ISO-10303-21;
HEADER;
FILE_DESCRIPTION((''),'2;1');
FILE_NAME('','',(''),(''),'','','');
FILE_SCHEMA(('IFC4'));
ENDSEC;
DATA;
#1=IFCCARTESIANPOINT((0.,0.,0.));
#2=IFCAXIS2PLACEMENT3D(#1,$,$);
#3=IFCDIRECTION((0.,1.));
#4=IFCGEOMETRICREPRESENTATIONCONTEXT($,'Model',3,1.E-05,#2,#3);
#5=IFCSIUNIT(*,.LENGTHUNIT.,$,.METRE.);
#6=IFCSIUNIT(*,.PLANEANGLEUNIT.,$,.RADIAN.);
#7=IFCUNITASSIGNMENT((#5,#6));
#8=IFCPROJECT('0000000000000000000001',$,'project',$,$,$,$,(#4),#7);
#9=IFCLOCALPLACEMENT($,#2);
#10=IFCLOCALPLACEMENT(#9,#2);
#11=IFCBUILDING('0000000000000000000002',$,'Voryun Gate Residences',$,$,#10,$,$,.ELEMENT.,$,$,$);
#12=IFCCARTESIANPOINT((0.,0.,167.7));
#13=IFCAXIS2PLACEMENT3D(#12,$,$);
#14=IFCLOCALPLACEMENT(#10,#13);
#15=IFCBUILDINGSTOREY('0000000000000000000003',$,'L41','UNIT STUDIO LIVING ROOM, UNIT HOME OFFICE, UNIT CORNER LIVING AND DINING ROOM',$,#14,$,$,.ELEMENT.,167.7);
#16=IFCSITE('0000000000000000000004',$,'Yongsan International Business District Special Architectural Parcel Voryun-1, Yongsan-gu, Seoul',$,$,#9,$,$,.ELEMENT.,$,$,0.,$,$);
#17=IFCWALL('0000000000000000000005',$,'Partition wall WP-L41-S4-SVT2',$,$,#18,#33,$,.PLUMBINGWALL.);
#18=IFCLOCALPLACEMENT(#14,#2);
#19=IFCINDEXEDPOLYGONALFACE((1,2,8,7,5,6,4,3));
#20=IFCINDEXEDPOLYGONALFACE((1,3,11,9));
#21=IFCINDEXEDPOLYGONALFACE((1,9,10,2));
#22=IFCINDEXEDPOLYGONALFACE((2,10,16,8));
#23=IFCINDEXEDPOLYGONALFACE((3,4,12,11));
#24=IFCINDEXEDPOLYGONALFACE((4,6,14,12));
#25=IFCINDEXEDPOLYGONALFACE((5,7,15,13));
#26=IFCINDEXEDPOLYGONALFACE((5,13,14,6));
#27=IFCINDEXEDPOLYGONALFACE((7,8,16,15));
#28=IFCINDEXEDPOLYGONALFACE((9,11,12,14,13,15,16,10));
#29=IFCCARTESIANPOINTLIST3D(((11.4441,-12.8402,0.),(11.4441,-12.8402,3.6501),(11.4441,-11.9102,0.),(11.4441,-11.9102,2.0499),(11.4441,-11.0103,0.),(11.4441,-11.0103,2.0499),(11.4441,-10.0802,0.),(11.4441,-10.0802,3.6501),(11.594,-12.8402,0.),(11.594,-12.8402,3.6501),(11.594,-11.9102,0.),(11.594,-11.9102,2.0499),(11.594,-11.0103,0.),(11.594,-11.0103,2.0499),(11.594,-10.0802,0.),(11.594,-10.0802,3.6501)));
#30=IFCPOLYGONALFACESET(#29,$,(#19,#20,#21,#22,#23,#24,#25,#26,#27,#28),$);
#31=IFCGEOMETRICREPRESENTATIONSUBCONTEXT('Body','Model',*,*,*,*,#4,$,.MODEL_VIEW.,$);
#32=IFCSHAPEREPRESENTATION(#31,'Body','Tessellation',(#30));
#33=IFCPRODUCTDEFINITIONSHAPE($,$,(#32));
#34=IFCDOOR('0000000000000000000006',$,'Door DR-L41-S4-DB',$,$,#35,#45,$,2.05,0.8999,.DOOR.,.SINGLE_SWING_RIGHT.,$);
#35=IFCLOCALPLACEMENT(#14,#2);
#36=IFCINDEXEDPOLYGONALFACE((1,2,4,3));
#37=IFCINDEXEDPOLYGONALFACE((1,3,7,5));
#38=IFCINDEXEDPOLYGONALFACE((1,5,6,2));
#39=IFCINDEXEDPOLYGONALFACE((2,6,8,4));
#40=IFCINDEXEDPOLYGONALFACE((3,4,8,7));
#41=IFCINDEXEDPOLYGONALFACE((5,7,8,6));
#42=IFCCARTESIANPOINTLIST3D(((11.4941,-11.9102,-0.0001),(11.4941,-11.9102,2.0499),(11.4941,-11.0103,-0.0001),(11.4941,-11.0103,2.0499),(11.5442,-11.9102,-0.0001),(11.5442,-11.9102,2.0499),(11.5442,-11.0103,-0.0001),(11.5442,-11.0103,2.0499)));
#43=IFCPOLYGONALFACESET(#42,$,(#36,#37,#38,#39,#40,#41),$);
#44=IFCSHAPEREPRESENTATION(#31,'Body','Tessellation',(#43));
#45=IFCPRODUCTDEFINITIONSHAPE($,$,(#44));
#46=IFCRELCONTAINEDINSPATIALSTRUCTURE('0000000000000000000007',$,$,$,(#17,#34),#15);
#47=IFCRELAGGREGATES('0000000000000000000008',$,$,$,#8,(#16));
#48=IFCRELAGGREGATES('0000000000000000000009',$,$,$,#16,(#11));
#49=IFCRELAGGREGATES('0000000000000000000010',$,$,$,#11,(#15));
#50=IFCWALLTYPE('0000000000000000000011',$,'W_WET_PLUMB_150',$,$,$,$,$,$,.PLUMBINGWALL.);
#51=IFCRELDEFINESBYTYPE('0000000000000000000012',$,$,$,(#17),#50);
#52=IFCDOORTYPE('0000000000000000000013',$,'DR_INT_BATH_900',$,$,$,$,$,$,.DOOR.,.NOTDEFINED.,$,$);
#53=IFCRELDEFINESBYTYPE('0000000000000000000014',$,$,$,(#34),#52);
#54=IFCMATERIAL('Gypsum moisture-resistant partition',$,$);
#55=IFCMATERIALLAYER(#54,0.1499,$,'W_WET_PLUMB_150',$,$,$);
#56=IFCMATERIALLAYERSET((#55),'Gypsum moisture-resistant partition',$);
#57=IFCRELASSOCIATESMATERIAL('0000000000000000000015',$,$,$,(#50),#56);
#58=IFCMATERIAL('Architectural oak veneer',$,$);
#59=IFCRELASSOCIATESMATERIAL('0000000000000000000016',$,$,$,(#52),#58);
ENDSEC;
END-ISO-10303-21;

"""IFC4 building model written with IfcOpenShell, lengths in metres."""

from ifc_helpers import new_model, si_unit, direction, frame, frame_2d, origin, place, context, subcontext, project, spatial, rectangle, extrude, material, layer, layer_set, type_object, element, fill, save


model = new_model("IFC4")

# Units and contexts
model_context = context("Model", 3, precision=1e-05, world=origin(), true_north=direction((0.0, 1.0)))
body_context = subcontext(model_context, "Body", "Model", "MODEL_VIEW")
ifc_project = project(units=[si_unit("LENGTHUNIT", "METRE"), si_unit("PLANEANGLEUNIT", "RADIAN")], contexts=[model_context])

# Site, building, storey
site_placement = place(None, origin())
site = spatial("IfcSite", under=ifc_project, at=site_placement, Name="Yongsan International Business District Special Architectural Parcel Voryun-1, Yongsan-gu, Seoul", CompositionType="ELEMENT", RefElevation=0.0)
building_placement = place(site_placement, origin())
building = spatial("IfcBuilding", under=site, at=building_placement, Name="Voryun Gate Residences", CompositionType="ELEMENT")
storey_placement = place(building_placement, frame((0.0, 0.0, 167.7)))
storey = spatial("IfcBuildingStorey", under=building, at=storey_placement, Name="L41", Description="UNIT STUDIO LIVING ROOM, UNIT HOME OFFICE, UNIT CORNER LIVING AND DINING ROOM", CompositionType="ELEMENT", Elevation=167.7)

# Shared definitions
ifc_material_1 = material(Name="Gypsum moisture-resistant partition")
ifc_layer_1 = layer(ifc_material_1, 0.1499, Name="W_WET_PLUMB_150")
ifc_layer_set_1 = layer_set([ifc_layer_1], Name="Gypsum moisture-resistant partition")
wall_type_1 = type_object("IfcWallType", Name="W_WET_PLUMB_150", PredefinedType="PLUMBINGWALL", material=ifc_layer_set_1)

# Wall, opening, door
ifc_material_2 = material(Name="Architectural oak veneer")
door_type_1 = type_object("IfcDoorType", Name="DR_INT_BATH_900", OperationType="NOTDEFINED", PredefinedType="DOOR", material=ifc_material_2)
wall_1_placement = place(storey_placement, frame((11.519, -12.8401, 0.0), z_axis=(0.0, 0.0, 1.0), x_axis=(0.0, 1.0, 0.0)))
wall_1 = element("IfcWall", 1, at=wall_1_placement, inside=storey, type_object=wall_type_1, Name="Partition wall WP-L41-S4-SVT2", PredefinedType="PLUMBINGWALL", context=body_context, shape_type="SweptSolid", body=[
    extrude(rectangle(XDim=2.76, YDim=0.1499, at=frame_2d((1.3799, 0.0))), origin(), (0.0, 0.0, 1.0), 3.6501),
])
opening_1_placement = place(wall_1_placement, frame((0.9299, 0.0, 0.0)))
opening_1 = element("IfcOpeningElement", 2, at=opening_1_placement, cuts=wall_1, PredefinedType="OPENING", context=body_context, shape_type="SweptSolid", body=[
    extrude(rectangle(XDim=0.8999, YDim=2.05, at=frame_2d((0.45, 1.0249))), frame((0.0, 0.085, 0.0), z_axis=(0.0, -1.0, 0.0), x_axis=(1.0, 0.0, 0.0)), (0.0, 0.0, 1.0), 0.1699),
])
door_1_placement = place(opening_1_placement, origin())
door_1 = element("IfcDoor", 3, at=door_1_placement, inside=storey, type_object=door_type_1, Name="Door DR-L41-S4-DB", OperationType="SINGLE_SWING_RIGHT", OverallHeight=2.05, OverallWidth=0.8999, PredefinedType="DOOR", context=body_context, shape_type="SweptSolid", body=[
    extrude(rectangle(XDim=0.8999, YDim=2.05, at=frame_2d((0.45, 1.0249))), frame((0.0, 0.0249, 0.0), z_axis=(0.0, -1.0, 0.0), x_axis=(1.0, 0.0, 0.0)), (0.0, 0.0, 1.0), 0.05),
])
fill(opening_1, door_1)

save(model, "model.ifc")
